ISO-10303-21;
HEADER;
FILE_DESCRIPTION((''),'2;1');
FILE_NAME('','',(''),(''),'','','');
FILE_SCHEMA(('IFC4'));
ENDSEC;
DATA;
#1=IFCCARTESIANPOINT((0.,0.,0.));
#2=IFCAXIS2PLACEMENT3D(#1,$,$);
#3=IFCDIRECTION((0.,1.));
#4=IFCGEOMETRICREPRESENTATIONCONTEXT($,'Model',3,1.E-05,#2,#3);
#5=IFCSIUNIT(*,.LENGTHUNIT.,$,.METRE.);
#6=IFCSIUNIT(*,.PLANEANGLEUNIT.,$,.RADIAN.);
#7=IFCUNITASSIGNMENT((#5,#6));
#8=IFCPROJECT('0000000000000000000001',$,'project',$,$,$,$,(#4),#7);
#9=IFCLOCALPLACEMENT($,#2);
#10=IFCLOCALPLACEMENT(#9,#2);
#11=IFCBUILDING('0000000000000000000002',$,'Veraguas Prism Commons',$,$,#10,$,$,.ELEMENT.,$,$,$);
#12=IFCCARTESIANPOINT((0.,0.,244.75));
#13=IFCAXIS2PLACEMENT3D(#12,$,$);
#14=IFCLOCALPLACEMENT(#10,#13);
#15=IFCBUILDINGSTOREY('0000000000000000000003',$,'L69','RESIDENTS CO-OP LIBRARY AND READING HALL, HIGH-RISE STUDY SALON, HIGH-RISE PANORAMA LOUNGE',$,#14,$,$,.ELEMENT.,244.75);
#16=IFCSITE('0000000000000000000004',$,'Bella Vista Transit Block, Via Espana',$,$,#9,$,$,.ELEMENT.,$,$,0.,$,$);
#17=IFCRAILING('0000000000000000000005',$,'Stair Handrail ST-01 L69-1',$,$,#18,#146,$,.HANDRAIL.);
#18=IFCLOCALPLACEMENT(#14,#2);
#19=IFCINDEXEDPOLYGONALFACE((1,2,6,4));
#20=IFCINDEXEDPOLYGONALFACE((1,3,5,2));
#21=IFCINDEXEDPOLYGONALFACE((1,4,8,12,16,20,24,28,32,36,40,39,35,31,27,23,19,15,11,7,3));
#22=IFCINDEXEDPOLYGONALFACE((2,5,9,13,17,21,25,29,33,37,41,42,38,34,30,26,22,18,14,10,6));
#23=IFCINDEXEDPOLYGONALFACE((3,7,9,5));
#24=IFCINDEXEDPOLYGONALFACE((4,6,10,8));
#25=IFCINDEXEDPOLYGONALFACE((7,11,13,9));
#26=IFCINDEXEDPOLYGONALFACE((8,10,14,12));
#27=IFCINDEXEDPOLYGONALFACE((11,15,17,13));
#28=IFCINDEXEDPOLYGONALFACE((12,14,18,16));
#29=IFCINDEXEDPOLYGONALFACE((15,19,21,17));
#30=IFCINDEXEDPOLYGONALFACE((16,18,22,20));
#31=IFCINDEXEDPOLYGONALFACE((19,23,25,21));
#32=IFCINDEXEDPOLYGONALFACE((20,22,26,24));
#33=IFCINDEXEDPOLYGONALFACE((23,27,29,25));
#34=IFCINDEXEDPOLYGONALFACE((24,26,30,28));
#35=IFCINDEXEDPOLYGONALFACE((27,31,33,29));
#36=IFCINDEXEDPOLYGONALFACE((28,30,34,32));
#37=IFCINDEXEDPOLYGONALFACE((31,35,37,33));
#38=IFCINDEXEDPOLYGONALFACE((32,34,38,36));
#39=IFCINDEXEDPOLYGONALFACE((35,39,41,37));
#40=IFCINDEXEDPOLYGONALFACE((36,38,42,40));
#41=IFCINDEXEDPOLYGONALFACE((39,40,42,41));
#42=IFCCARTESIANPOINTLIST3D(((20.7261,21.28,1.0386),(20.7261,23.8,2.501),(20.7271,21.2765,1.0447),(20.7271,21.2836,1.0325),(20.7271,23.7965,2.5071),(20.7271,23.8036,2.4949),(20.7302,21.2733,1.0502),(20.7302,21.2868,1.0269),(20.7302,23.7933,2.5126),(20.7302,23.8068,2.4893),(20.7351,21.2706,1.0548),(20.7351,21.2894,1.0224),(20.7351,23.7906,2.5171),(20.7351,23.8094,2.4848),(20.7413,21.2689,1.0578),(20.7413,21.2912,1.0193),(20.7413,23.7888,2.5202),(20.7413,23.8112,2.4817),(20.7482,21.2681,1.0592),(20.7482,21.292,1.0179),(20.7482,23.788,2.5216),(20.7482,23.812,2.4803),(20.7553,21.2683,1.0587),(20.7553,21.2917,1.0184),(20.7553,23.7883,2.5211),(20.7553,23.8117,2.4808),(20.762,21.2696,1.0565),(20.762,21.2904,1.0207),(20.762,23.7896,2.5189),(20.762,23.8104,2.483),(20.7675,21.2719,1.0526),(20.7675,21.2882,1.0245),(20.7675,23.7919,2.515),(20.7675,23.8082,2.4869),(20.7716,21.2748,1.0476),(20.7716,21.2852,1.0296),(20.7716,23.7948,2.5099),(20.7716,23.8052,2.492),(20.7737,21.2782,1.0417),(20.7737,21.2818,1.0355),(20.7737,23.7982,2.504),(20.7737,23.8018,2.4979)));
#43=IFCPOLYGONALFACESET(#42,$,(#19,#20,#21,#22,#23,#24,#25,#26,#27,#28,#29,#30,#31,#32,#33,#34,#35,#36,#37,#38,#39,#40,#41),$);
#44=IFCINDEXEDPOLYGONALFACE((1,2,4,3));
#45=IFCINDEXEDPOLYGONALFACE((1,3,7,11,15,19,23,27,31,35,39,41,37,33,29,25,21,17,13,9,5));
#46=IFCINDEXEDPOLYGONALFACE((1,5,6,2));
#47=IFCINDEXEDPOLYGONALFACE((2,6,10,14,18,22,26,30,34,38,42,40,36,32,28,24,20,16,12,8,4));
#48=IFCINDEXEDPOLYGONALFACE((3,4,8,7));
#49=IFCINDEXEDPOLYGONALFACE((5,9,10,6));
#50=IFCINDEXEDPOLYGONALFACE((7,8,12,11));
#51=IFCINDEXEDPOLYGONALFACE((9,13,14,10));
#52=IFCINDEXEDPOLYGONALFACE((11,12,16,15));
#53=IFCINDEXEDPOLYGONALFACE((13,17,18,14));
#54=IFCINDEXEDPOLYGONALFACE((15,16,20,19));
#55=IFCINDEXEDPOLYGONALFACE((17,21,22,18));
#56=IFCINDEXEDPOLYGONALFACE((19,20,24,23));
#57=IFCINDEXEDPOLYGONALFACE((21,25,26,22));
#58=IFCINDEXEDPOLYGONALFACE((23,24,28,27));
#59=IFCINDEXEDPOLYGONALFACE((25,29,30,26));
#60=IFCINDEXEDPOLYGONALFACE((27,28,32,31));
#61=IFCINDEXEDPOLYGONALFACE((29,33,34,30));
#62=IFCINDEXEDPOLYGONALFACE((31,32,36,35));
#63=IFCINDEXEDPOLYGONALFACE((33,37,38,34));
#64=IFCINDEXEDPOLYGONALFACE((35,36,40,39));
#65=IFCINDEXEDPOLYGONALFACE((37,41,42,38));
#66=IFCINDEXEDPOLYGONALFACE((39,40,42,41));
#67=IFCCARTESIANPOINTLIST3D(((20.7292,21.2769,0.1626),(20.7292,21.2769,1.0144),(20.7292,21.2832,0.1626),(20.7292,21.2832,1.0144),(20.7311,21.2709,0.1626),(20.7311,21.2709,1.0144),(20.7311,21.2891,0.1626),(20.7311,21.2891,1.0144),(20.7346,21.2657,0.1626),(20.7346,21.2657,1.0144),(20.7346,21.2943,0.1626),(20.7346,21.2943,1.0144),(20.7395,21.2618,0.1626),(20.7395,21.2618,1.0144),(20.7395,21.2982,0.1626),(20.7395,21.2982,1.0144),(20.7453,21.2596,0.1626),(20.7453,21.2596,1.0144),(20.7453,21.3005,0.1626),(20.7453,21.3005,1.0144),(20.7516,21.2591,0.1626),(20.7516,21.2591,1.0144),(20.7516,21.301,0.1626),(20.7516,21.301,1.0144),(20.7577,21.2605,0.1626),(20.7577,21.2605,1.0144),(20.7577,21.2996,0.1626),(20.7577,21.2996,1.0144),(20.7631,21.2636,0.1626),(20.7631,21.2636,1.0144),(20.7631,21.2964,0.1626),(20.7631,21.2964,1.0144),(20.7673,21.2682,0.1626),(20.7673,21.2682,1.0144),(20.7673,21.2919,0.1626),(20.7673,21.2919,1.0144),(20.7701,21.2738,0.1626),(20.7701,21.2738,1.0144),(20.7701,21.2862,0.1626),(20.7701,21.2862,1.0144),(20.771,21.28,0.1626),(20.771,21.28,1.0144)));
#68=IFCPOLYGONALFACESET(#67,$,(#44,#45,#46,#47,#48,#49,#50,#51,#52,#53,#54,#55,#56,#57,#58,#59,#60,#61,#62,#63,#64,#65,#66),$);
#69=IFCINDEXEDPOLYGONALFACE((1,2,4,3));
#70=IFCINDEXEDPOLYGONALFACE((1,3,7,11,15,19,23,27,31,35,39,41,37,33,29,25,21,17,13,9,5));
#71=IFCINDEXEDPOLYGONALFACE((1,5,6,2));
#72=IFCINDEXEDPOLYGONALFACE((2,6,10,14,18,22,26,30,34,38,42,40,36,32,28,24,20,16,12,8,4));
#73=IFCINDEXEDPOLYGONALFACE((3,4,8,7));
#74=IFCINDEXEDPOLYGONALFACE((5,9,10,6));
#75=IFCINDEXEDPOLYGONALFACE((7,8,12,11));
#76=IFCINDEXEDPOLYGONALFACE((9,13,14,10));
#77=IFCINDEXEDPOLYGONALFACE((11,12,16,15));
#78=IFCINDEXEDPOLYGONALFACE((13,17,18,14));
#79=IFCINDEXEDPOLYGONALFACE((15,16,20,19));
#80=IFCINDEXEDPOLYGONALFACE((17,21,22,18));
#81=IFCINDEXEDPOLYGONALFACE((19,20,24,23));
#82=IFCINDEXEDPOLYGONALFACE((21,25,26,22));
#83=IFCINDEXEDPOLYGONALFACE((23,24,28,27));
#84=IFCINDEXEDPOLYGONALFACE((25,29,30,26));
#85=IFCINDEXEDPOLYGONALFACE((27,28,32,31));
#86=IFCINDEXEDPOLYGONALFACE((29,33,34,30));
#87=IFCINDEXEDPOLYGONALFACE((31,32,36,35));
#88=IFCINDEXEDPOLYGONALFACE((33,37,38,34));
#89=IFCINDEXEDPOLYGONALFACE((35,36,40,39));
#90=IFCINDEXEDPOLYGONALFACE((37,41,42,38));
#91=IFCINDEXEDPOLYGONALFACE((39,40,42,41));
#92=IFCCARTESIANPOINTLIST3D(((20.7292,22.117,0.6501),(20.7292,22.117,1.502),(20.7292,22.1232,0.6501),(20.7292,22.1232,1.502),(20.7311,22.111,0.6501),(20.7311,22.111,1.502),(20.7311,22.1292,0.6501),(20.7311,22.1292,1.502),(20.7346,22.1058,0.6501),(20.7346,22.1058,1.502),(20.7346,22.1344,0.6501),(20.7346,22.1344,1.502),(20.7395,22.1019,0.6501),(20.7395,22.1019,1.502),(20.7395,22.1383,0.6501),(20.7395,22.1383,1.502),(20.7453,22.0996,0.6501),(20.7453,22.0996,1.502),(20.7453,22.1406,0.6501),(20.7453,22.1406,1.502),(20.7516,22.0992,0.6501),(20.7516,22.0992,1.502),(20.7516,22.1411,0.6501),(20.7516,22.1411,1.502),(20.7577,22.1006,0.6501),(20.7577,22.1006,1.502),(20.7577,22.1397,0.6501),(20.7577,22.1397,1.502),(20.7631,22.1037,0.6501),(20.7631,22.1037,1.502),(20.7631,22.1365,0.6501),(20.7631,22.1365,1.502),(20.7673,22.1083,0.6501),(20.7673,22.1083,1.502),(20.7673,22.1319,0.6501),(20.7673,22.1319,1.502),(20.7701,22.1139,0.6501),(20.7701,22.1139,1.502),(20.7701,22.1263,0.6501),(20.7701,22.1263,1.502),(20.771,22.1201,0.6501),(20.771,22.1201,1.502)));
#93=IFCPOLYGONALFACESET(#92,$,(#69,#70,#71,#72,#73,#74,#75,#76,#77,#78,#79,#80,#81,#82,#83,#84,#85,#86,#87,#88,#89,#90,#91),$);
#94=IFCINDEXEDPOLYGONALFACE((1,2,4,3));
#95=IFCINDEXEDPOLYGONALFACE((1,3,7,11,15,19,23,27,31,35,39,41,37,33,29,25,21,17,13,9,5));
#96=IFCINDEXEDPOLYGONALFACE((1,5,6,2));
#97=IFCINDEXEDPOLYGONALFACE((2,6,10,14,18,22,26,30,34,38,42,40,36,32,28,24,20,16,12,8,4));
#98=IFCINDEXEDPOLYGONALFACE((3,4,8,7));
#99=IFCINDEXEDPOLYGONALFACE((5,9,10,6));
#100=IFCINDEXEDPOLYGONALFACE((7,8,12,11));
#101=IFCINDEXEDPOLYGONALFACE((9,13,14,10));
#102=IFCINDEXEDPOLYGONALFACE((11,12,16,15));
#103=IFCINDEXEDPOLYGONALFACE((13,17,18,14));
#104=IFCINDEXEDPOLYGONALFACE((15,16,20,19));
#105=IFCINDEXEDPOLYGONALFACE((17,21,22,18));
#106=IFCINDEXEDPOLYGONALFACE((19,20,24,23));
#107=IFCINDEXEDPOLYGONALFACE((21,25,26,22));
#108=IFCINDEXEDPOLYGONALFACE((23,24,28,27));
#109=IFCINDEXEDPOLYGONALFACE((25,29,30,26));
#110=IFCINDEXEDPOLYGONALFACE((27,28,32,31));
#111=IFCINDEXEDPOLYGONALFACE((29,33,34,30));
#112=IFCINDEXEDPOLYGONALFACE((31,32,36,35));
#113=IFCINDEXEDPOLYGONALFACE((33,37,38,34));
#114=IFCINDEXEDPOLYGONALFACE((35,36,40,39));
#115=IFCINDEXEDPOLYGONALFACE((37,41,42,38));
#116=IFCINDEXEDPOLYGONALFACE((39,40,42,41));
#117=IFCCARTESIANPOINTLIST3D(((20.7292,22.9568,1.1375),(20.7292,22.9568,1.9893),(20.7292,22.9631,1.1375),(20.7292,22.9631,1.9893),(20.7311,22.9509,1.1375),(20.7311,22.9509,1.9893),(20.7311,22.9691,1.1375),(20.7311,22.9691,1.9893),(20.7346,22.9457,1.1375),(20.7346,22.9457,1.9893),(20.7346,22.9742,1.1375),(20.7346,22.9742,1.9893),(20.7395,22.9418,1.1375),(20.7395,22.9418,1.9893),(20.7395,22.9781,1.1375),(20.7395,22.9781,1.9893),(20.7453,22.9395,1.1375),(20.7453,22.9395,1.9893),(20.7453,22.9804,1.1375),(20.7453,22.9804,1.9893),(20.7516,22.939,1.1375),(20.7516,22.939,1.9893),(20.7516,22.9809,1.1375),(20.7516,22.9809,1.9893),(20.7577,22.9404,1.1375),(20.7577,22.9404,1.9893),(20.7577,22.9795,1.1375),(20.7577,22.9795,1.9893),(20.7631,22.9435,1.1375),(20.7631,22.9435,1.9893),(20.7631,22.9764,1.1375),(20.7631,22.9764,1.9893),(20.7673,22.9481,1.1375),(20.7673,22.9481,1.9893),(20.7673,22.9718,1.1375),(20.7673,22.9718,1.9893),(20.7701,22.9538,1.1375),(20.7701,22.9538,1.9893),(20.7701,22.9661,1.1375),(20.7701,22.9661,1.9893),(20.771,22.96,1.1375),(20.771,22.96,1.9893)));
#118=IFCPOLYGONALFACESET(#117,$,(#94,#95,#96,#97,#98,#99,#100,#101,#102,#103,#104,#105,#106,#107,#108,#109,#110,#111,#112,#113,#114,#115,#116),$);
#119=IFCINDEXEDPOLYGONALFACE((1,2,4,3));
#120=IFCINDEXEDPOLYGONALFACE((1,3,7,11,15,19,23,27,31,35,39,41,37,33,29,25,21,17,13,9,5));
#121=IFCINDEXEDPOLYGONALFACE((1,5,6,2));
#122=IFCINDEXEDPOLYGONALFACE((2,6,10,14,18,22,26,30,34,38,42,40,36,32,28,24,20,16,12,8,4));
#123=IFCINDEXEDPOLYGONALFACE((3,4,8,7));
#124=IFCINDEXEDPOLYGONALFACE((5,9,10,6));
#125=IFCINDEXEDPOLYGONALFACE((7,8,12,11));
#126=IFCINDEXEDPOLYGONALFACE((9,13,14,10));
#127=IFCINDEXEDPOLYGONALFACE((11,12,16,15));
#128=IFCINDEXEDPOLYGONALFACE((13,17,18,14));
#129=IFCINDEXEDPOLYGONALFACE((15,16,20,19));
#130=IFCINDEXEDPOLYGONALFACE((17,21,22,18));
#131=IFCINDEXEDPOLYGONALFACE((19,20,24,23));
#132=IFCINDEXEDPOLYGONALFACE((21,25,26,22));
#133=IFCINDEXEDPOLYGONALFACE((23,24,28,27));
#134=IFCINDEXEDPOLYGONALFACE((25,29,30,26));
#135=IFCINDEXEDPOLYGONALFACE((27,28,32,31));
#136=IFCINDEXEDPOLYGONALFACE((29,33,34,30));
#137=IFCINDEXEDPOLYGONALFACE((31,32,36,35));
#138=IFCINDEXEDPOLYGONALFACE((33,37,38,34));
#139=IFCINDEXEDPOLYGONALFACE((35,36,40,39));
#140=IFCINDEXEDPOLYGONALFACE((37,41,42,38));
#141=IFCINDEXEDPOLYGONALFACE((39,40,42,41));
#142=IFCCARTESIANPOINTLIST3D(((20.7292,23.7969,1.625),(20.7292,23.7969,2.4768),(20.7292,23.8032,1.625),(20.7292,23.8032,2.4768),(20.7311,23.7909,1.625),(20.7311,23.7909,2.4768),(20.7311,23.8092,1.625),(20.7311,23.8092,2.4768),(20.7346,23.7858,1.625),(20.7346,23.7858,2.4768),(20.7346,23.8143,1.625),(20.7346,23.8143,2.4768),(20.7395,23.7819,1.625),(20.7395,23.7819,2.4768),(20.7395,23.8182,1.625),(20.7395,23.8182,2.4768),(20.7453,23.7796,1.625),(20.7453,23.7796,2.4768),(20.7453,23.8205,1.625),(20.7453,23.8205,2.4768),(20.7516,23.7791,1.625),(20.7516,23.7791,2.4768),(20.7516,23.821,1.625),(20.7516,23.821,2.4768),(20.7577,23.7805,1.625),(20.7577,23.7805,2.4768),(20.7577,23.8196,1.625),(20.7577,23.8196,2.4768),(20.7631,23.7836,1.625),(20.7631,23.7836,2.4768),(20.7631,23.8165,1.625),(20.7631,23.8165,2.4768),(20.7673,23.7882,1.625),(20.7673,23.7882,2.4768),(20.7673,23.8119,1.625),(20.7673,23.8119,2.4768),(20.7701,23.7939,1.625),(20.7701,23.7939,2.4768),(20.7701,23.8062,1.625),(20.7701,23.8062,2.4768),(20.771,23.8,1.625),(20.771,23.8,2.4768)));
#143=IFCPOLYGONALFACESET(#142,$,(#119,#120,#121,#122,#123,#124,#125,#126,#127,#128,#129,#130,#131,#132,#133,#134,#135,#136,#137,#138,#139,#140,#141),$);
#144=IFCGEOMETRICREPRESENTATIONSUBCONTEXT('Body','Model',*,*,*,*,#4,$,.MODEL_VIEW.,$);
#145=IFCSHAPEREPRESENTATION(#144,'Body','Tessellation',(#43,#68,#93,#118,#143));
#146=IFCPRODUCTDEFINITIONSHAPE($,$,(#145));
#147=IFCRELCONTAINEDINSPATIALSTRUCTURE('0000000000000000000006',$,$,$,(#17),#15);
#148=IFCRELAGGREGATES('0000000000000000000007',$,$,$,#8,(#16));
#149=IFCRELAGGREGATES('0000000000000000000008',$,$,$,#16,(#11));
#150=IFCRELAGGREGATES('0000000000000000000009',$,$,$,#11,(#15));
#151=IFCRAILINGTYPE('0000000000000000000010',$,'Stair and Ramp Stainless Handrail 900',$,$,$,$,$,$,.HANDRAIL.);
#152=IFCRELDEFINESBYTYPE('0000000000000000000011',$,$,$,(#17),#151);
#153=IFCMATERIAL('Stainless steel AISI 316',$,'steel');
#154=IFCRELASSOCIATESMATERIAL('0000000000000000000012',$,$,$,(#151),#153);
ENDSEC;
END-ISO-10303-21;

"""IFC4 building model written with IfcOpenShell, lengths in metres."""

from ifc_helpers import new_model, si_unit, direction, frame, origin, origin_2d, place, context, subcontext, project, spatial, circle, extrude, material, type_object, element, save


model = new_model("IFC4")

# Units and contexts
model_context = context("Model", 3, precision=1e-05, world=origin(), true_north=direction((0.0, 1.0)))
body_context = subcontext(model_context, "Body", "Model", "MODEL_VIEW")
ifc_project = project(units=[si_unit("LENGTHUNIT", "METRE"), si_unit("PLANEANGLEUNIT", "RADIAN")], contexts=[model_context])

# Site, building, storey
site_placement = place(None, origin())
site = spatial("IfcSite", under=ifc_project, at=site_placement, Name="Bella Vista Transit Block, Via Espana", CompositionType="ELEMENT", RefElevation=0.0)
building_placement = place(site_placement, origin())
building = spatial("IfcBuilding", under=site, at=building_placement, Name="Veraguas Prism Commons", CompositionType="ELEMENT")
storey_placement = place(building_placement, frame((0.0, 0.0, 244.75)))
storey = spatial("IfcBuildingStorey", under=building, at=storey_placement, Name="L69", Description="RESIDENTS CO-OP LIBRARY AND READING HALL, HIGH-RISE STUDY SALON, HIGH-RISE PANORAMA LOUNGE", CompositionType="ELEMENT", Elevation=244.75)

# Shared definitions
ifc_material_1 = material(Name="Stainless steel AISI 316", Category="steel")

# Railing
railing_type_1 = type_object("IfcRailingType", Name="Stair and Ramp Stainless Handrail 900", PredefinedType="HANDRAIL", material=ifc_material_1)
railing_1_placement = place(storey_placement, frame((20.75, 21.28, 0.1626)))
element("IfcRailing", 1, at=railing_1_placement, inside=storey, type_object=railing_type_1, Name="Stair Handrail ST-01 L69-1", PredefinedType="HANDRAIL", context=body_context, shape_type="SweptSolid", body=[
    extrude(circle(Radius=0.0239, at=origin_2d()), frame((0.0, 0.0, 0.876), z_axis=(0.0, 0.864913, 0.501921), x_axis=(-1.0, 0.0, 0.0)), (0.0, 0.0, 1.0), 2.9136),
    extrude(circle(Radius=0.021, at=origin_2d()), origin(), (0.0, 0.0, 1.0), 0.8518),
    extrude(circle(Radius=0.021, at=origin_2d()), frame((0.0, 0.8401, 0.4875)), (0.0, 0.0, 1.0), 0.8518),
    extrude(circle(Radius=0.021, at=origin_2d()), frame((0.0, 1.6799, 0.9749)), (0.0, 0.0, 1.0), 0.8518),
    extrude(circle(Radius=0.021, at=origin_2d()), frame((0.0, 2.52, 1.4624)), (0.0, 0.0, 1.0), 0.8518),
])

save(model, "model.ifc")
